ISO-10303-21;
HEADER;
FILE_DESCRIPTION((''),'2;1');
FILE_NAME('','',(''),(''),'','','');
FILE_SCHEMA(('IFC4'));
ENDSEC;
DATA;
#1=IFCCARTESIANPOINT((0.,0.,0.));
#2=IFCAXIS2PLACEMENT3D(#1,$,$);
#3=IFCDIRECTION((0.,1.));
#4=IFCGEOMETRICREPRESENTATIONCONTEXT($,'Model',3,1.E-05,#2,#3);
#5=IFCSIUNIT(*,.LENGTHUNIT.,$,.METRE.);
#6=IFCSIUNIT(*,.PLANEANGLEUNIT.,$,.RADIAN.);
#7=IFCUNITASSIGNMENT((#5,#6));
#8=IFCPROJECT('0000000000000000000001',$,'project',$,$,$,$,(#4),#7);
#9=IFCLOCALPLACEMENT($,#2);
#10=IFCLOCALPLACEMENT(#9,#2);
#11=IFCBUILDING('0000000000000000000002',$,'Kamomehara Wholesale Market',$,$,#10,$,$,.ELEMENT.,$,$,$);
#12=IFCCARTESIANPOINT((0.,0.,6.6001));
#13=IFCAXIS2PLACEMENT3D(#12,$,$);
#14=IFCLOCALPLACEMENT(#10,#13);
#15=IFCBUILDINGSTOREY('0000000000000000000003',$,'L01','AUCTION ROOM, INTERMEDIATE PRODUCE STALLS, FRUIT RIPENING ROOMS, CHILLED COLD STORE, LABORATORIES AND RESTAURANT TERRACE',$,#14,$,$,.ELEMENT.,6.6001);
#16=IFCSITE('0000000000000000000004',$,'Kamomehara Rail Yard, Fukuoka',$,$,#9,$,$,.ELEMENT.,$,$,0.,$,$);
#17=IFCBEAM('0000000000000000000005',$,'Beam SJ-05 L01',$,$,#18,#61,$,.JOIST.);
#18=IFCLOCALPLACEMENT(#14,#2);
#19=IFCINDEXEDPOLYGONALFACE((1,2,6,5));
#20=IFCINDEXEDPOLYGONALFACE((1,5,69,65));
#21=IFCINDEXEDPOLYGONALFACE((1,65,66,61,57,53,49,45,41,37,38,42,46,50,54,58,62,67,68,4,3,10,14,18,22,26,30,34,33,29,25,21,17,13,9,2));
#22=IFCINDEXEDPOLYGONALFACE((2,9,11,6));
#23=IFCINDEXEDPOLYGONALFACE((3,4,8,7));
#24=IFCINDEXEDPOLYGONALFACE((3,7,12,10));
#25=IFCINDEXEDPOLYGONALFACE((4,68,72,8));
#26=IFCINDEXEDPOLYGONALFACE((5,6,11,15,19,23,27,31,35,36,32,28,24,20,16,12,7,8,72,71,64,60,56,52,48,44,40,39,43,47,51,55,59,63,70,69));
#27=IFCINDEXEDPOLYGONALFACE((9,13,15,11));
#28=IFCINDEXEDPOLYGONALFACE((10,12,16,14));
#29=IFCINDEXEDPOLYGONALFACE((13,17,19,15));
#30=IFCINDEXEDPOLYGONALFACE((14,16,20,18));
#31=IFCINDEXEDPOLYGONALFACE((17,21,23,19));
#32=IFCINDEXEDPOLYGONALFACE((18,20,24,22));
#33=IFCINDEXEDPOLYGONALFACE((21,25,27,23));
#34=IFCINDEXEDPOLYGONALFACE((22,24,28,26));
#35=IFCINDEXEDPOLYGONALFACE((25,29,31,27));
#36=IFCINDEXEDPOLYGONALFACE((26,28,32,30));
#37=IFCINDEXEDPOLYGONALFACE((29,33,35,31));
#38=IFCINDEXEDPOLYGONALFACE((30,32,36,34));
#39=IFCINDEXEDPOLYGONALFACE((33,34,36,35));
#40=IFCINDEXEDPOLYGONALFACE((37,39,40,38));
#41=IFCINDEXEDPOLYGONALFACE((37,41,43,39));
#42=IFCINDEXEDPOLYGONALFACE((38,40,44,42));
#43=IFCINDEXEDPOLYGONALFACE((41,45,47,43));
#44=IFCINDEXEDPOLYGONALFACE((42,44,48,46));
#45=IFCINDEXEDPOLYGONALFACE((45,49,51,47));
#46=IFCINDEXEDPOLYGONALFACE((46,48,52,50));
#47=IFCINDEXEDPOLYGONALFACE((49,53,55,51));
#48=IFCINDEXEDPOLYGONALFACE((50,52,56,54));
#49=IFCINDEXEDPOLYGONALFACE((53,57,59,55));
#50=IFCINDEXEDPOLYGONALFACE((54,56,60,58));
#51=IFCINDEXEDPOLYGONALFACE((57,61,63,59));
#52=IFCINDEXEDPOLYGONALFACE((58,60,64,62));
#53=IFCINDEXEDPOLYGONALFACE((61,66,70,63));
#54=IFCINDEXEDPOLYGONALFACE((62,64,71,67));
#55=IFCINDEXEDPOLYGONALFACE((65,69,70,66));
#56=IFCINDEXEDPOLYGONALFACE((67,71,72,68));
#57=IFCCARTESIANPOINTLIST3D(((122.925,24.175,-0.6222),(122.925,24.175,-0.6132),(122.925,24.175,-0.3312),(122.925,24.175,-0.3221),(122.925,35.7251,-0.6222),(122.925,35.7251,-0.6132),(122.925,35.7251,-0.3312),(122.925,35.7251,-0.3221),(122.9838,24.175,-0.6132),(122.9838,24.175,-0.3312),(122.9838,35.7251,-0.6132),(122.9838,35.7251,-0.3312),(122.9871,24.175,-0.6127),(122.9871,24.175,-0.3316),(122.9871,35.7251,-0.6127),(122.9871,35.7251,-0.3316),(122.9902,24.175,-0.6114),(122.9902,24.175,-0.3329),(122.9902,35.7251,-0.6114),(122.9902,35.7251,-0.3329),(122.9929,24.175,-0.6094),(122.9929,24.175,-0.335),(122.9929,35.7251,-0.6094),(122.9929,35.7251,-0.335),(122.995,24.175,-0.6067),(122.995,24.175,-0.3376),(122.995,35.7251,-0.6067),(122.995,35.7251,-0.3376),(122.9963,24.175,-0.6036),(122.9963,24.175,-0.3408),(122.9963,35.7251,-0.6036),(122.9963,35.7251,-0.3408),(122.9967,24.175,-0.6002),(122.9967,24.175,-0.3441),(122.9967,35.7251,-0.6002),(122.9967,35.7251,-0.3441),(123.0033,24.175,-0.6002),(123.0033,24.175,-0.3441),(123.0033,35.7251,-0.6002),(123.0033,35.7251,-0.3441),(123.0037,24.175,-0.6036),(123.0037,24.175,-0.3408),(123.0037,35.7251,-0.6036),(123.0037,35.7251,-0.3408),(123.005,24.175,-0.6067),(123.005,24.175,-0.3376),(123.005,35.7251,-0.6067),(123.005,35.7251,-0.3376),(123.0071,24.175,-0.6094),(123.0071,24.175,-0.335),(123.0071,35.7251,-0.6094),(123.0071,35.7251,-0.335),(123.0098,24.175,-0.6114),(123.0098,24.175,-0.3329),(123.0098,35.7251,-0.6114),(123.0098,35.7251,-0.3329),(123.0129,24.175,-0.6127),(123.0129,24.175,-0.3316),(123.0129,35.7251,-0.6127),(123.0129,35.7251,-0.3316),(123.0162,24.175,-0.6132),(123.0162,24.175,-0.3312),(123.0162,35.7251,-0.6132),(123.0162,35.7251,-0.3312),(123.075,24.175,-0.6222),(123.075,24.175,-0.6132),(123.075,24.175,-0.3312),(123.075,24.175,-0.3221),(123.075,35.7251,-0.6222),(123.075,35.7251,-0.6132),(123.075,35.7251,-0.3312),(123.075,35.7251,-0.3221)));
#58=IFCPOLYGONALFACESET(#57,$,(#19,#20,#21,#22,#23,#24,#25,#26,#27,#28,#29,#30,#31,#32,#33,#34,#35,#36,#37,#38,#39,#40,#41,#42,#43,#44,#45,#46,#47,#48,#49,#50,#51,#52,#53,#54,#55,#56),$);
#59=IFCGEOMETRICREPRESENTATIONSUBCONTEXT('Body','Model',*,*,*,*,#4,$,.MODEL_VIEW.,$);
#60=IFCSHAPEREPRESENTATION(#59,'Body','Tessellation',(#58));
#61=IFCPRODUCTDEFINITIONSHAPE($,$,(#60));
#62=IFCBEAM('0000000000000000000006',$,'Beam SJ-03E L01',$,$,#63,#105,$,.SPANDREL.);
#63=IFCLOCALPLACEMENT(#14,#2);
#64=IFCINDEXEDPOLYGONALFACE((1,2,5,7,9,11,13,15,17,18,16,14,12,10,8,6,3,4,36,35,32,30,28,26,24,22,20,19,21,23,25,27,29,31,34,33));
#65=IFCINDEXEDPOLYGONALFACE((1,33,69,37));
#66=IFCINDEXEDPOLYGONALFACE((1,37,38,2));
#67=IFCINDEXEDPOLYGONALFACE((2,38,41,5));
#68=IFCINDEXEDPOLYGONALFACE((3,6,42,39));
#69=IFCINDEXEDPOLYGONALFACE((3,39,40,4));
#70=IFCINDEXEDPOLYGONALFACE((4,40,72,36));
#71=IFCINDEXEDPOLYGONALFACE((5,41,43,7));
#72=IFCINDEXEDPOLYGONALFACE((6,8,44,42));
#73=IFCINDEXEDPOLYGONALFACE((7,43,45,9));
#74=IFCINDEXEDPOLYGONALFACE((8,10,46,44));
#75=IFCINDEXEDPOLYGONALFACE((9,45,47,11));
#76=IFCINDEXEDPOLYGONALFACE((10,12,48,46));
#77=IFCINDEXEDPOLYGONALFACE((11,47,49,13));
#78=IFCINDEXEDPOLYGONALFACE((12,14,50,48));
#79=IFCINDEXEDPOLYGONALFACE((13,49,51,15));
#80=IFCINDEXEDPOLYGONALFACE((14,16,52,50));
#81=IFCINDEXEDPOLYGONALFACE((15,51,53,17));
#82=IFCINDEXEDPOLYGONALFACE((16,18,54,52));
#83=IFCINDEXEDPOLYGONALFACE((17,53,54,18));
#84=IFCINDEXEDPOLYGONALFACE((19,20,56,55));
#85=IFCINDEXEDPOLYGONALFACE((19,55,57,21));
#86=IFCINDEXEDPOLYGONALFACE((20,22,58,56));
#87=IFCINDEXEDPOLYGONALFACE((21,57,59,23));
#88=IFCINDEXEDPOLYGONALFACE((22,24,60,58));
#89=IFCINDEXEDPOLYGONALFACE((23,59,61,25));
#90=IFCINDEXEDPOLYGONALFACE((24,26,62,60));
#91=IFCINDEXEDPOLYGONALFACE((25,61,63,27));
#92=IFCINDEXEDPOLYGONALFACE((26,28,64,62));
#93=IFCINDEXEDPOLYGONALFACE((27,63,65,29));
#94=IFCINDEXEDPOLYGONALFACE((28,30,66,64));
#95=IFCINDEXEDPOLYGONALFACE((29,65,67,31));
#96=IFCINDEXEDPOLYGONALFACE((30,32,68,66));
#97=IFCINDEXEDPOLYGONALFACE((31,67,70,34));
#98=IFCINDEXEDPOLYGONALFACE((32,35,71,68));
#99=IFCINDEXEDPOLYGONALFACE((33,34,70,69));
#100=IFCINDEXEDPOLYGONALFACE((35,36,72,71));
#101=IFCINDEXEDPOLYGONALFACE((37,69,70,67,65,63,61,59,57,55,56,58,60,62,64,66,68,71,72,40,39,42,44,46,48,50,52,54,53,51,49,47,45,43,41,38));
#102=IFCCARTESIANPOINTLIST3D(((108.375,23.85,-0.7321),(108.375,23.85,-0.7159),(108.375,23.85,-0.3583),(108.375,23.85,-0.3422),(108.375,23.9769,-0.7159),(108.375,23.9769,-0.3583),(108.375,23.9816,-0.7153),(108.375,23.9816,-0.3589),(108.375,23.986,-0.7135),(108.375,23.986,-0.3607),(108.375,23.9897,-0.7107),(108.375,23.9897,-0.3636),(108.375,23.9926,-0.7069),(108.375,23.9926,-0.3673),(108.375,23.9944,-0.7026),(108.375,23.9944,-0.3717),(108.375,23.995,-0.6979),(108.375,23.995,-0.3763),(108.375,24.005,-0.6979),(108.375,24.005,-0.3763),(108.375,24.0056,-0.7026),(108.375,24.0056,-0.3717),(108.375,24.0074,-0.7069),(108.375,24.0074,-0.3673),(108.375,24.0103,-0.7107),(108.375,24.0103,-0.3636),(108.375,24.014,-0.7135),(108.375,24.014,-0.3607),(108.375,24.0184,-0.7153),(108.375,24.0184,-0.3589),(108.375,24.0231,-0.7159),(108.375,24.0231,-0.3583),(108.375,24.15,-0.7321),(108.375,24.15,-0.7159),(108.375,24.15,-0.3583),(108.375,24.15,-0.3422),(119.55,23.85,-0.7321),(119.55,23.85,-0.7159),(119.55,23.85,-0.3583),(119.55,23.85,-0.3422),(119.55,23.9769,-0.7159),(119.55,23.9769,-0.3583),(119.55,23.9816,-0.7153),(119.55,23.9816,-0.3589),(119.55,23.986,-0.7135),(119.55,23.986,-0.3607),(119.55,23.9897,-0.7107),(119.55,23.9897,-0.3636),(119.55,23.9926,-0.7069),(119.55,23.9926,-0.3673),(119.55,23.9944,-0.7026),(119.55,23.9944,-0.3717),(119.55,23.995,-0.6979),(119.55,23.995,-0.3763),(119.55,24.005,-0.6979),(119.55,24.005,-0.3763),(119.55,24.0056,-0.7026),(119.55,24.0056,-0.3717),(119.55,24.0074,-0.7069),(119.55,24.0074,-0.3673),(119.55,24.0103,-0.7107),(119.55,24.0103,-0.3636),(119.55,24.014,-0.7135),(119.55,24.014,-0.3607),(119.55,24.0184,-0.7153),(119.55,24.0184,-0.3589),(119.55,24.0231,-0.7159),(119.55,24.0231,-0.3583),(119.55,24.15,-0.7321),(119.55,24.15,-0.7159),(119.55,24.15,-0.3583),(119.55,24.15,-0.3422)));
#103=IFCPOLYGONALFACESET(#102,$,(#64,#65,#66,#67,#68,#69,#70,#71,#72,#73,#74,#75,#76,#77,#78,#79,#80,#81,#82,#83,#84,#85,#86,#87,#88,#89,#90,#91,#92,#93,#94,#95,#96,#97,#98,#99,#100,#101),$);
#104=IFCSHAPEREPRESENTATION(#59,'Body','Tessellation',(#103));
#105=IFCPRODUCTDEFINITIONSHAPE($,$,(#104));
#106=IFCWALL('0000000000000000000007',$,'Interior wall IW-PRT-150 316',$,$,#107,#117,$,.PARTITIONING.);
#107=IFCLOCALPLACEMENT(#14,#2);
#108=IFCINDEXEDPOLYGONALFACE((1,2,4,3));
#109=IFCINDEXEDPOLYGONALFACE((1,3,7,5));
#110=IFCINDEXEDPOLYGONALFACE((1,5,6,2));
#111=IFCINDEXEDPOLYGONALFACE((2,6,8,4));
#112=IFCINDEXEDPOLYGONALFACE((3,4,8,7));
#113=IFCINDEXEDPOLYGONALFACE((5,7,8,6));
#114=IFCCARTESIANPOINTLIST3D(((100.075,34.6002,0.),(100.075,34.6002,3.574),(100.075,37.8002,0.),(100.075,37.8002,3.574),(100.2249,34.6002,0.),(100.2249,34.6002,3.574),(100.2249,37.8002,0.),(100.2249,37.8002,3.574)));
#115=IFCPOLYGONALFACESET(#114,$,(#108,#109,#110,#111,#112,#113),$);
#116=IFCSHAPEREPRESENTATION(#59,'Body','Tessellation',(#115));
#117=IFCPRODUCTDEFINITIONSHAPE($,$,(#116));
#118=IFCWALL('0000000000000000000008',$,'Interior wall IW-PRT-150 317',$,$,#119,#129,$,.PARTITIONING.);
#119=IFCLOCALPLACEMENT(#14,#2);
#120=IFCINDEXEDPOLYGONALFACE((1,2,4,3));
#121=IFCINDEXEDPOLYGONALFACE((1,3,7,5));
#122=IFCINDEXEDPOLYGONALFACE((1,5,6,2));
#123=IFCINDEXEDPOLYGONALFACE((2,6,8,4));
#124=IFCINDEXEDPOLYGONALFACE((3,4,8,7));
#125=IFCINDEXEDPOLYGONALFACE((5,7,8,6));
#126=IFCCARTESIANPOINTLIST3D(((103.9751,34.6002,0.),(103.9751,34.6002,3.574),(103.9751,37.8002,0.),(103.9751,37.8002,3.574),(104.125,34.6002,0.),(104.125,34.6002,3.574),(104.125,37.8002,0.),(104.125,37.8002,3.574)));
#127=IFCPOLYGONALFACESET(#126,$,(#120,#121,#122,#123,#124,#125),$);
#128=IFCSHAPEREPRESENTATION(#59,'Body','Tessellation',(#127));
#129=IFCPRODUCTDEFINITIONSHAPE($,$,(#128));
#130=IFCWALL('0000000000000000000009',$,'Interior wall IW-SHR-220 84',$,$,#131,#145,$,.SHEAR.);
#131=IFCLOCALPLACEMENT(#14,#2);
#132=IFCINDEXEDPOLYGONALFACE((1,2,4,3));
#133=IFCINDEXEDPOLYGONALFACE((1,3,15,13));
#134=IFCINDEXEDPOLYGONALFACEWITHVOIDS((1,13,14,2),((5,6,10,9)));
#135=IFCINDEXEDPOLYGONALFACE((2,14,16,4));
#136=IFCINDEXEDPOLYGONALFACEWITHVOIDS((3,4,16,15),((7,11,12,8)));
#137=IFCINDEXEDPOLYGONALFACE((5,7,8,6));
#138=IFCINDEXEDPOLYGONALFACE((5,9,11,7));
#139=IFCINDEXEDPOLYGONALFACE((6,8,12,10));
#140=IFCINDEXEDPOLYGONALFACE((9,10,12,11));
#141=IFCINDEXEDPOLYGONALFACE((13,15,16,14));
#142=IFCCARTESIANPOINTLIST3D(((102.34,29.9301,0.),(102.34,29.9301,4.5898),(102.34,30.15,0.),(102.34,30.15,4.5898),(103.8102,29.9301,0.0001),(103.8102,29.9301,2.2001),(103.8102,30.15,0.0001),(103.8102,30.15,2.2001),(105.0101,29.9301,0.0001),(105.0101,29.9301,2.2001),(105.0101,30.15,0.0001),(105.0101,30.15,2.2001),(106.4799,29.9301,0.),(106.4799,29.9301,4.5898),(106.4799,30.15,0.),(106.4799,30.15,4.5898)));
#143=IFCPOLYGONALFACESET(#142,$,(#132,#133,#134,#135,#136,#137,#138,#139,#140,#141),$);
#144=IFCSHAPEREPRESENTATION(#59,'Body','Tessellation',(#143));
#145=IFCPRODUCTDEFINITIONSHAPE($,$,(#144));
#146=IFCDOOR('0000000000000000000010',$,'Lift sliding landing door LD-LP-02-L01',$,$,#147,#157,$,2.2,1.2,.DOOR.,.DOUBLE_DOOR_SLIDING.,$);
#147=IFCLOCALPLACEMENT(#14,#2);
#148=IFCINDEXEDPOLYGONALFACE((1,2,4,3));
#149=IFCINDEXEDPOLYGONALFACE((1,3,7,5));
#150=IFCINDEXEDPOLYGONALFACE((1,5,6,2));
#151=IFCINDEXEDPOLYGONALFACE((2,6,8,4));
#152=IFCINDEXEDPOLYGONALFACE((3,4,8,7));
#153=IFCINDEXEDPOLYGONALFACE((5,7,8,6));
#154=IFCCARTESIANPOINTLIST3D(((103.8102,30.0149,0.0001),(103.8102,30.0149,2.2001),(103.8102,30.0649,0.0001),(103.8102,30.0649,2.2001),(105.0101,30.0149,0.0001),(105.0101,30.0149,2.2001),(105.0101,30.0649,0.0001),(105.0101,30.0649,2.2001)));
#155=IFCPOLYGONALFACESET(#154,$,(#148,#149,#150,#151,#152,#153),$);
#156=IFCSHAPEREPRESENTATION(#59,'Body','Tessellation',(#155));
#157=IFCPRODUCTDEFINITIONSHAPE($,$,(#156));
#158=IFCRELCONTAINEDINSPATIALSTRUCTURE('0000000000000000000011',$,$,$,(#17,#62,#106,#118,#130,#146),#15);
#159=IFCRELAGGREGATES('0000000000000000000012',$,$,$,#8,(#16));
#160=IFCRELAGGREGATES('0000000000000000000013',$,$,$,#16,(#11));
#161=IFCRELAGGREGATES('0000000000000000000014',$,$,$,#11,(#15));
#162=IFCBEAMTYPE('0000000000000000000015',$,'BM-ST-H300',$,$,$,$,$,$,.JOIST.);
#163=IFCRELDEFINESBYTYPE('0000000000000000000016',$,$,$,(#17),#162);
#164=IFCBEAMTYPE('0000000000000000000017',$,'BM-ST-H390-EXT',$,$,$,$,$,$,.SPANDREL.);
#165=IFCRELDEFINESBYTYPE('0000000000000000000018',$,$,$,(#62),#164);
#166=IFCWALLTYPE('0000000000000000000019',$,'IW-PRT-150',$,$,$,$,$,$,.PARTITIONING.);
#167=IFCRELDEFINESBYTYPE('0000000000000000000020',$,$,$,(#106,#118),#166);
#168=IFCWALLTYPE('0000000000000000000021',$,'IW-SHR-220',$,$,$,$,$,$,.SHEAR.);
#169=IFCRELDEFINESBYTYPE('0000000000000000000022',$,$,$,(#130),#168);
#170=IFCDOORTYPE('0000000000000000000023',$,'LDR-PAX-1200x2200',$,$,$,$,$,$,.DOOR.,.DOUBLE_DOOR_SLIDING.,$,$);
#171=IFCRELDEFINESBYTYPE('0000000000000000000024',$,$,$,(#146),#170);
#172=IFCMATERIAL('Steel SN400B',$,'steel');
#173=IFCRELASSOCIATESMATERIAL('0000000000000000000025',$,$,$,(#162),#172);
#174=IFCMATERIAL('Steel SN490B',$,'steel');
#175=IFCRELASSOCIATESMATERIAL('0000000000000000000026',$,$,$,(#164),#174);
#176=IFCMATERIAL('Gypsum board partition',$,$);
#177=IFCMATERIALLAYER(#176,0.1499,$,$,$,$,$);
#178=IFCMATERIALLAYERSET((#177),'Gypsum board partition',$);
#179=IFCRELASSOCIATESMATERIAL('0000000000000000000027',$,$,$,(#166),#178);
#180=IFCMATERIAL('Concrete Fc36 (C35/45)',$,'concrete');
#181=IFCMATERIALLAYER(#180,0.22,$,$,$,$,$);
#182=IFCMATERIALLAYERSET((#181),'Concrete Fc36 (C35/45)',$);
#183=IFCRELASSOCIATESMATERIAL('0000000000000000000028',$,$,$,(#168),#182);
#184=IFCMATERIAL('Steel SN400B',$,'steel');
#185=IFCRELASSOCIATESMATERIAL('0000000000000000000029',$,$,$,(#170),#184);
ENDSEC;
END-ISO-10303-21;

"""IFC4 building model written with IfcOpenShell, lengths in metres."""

from ifc_helpers import new_model, si_unit, direction, frame, frame_2d, origin, origin_2d, place, context, subcontext, project, spatial, rectangle, i_section, extrude, material, layer, layer_set, material_profile, profile_set, type_object, element, fill, save


model = new_model("IFC4")

# Units and contexts
model_context = context("Model", 3, precision=1e-05, world=origin(), true_north=direction((0.0, 1.0)))
body_context = subcontext(model_context, "Body", "Model", "MODEL_VIEW")
ifc_project = project(units=[si_unit("LENGTHUNIT", "METRE"), si_unit("PLANEANGLEUNIT", "RADIAN")], contexts=[model_context])

# Site, building, storey
site_placement = place(None, origin())
site = spatial("IfcSite", under=ifc_project, at=site_placement, Name="Kamomehara Rail Yard, Fukuoka", CompositionType="ELEMENT", RefElevation=0.0)
building_placement = place(site_placement, origin())
building = spatial("IfcBuilding", under=site, at=building_placement, Name="Kamomehara Wholesale Market", CompositionType="ELEMENT")
storey_placement = place(building_placement, frame((0.0, 0.0, 6.6001)))
storey = spatial("IfcBuildingStorey", under=building, at=storey_placement, Name="L01", Description="AUCTION ROOM, INTERMEDIATE PRODUCE STALLS, FRUIT RIPENING ROOMS, CHILLED COLD STORE, LABORATORIES AND RESTAURANT TERRACE", CompositionType="ELEMENT", Elevation=6.6001)

# Beams
ifc_material_1 = material(Name="Steel SN400B", Category="steel")
ifc_material_profile_1 = material_profile(ifc_material_1, i_section(OverallWidth=0.1499, OverallDepth=0.3, WebThickness=0.0066, FlangeThickness=0.009, FilletRadius=0.0129, at=origin_2d()), Name="H-300x150x6.5x9")
ifc_profile_set_1 = profile_set([ifc_material_profile_1], Name="Steel SN400B")
beam_type_1 = type_object("IfcBeamType", Name="BM-ST-H300", PredefinedType="JOIST", material=ifc_profile_set_1)
beam_1_placement = place(storey_placement, frame((123.0, 24.175, -0.4722), z_axis=(0.0, 1.0, 0.0), x_axis=(-1.0, 0.0, 0.0)))
element("IfcBeam", 1, at=beam_1_placement, inside=storey, type_object=beam_type_1, Name="Beam SJ-05 L01", PredefinedType="JOIST", context=body_context, shape_type="SweptSolid", body=[
    extrude(i_section(OverallWidth=0.1499, OverallDepth=0.3, WebThickness=0.0066, FlangeThickness=0.009, FilletRadius=0.0129, at=origin_2d()), origin(), (0.0, 0.0, 1.0), 11.55),
])
ifc_material_2 = material(Name="Steel SN490B", Category="steel")
ifc_material_profile_2 = material_profile(ifc_material_2, i_section(OverallWidth=0.3, OverallDepth=0.3899, WebThickness=0.01, FlangeThickness=0.0161, FilletRadius=0.0181, at=origin_2d()), Name="H-390x300x10x16")
ifc_profile_set_2 = profile_set([ifc_material_profile_2], Name="Steel SN490B")
beam_type_2 = type_object("IfcBeamType", Name="BM-ST-H390-EXT", PredefinedType="SPANDREL", material=ifc_profile_set_2)
beam_2_placement = place(storey_placement, frame((108.375, 24.0, -0.5371), z_axis=(1.0, 0.0, 0.0), x_axis=(0.0, 1.0, 0.0)))
element("IfcBeam", 2, at=beam_2_placement, inside=storey, type_object=beam_type_2, Name="Beam SJ-03E L01", PredefinedType="SPANDREL", context=body_context, shape_type="SweptSolid", body=[
    extrude(i_section(OverallWidth=0.3, OverallDepth=0.3899, WebThickness=0.01, FlangeThickness=0.0161, FilletRadius=0.0181, at=origin_2d()), origin(), (0.0, 0.0, 1.0), 11.175),
])

# Walls
ifc_material_3 = material(Name="Gypsum board partition")
ifc_layer_1 = layer(ifc_material_3, 0.1499)
ifc_layer_set_1 = layer_set([ifc_layer_1], Name="Gypsum board partition")
wall_type_1 = type_object("IfcWallType", Name="IW-PRT-150", PredefinedType="PARTITIONING", material=ifc_layer_set_1)
for number, where, z_axis, x_axis, name in (
    (3, (100.1499, 34.6001, 0.0), (0.0, 0.0, 1.0), (0.0, 1.0, 0.0), "Interior wall IW-PRT-150 316"),
    (4, (104.05, 34.6001, 0.0), (0.0, 0.0, 1.0), (0.0, 1.0, 0.0), "Interior wall IW-PRT-150 317"),
):
    element("IfcWall", number, at=place(storey_placement, frame(where, z_axis=z_axis, x_axis=x_axis)), inside=storey, type_object=wall_type_1, Name=name, PredefinedType="PARTITIONING", context=body_context, shape_type="SweptSolid", body=[
        extrude(rectangle(XDim=3.2, YDim=0.1499, at=frame_2d((1.6001, 0.0))), origin(), (0.0, 0.0, 1.0), 3.574),
    ])

# Wall, opening, door
ifc_material_4 = material(Name="Concrete Fc36 (C35/45)", Category="concrete")
ifc_layer_2 = layer(ifc_material_4, 0.22)
ifc_layer_set_2 = layer_set([ifc_layer_2], Name="Concrete Fc36 (C35/45)")
wall_type_2 = type_object("IfcWallType", Name="IW-SHR-220", PredefinedType="SHEAR", material=ifc_layer_set_2)
wall_1_placement = place(storey_placement, frame((102.3401, 30.04, 0.0), z_axis=(0.0, 0.0, 1.0), x_axis=(1.0, 0.0, 0.0)))
wall_1 = element("IfcWall", 5, at=wall_1_placement, inside=storey, type_object=wall_type_2, Name="Interior wall IW-SHR-220 84", PredefinedType="SHEAR", context=body_context, shape_type="SweptSolid", body=[
    extrude(rectangle(XDim=4.1399, YDim=0.22, at=frame_2d((2.0698, 0.0))), origin(), (0.0, 0.0, 1.0), 4.5898),
])
opening_1_placement = place(wall_1_placement, frame((1.47, 0.0, 0.0)))
opening_1 = element("IfcOpeningElement", 6, at=opening_1_placement, cuts=wall_1, PredefinedType="OPENING", context=body_context, shape_type="SweptSolid", body=[
    extrude(rectangle(XDim=1.2, YDim=2.2, at=frame_2d((0.6001, 1.1001))), frame((0.0, 0.125, 0.0), z_axis=(0.0, -1.0, 0.0), x_axis=(1.0, 0.0, 0.0)), (0.0, 0.0, 1.0), 0.2498),
])
ifc_material_5 = material(Name="Steel SN400B", Category="steel")
door_type_1 = type_object("IfcDoorType", Name="LDR-PAX-1200x2200", OperationType="DOUBLE_DOOR_SLIDING", PredefinedType="DOOR", material=ifc_material_5)
door_1_placement = place(opening_1_placement, origin())
door_1 = element("IfcDoor", 7, at=door_1_placement, inside=storey, type_object=door_type_1, Name="Lift sliding landing door LD-LP-02-L01", OperationType="DOUBLE_DOOR_SLIDING", OverallHeight=2.2, OverallWidth=1.2, PredefinedType="DOOR", context=body_context, shape_type="SweptSolid", body=[
    extrude(rectangle(XDim=1.2, YDim=2.2, at=frame_2d((0.6001, 1.1001))), frame((0.0, 0.0249, 0.0), z_axis=(0.0, -1.0, 0.0), x_axis=(1.0, 0.0, 0.0)), (0.0, 0.0, 1.0), 0.05),
])
fill(opening_1, door_1)

save(model, "model.ifc")
